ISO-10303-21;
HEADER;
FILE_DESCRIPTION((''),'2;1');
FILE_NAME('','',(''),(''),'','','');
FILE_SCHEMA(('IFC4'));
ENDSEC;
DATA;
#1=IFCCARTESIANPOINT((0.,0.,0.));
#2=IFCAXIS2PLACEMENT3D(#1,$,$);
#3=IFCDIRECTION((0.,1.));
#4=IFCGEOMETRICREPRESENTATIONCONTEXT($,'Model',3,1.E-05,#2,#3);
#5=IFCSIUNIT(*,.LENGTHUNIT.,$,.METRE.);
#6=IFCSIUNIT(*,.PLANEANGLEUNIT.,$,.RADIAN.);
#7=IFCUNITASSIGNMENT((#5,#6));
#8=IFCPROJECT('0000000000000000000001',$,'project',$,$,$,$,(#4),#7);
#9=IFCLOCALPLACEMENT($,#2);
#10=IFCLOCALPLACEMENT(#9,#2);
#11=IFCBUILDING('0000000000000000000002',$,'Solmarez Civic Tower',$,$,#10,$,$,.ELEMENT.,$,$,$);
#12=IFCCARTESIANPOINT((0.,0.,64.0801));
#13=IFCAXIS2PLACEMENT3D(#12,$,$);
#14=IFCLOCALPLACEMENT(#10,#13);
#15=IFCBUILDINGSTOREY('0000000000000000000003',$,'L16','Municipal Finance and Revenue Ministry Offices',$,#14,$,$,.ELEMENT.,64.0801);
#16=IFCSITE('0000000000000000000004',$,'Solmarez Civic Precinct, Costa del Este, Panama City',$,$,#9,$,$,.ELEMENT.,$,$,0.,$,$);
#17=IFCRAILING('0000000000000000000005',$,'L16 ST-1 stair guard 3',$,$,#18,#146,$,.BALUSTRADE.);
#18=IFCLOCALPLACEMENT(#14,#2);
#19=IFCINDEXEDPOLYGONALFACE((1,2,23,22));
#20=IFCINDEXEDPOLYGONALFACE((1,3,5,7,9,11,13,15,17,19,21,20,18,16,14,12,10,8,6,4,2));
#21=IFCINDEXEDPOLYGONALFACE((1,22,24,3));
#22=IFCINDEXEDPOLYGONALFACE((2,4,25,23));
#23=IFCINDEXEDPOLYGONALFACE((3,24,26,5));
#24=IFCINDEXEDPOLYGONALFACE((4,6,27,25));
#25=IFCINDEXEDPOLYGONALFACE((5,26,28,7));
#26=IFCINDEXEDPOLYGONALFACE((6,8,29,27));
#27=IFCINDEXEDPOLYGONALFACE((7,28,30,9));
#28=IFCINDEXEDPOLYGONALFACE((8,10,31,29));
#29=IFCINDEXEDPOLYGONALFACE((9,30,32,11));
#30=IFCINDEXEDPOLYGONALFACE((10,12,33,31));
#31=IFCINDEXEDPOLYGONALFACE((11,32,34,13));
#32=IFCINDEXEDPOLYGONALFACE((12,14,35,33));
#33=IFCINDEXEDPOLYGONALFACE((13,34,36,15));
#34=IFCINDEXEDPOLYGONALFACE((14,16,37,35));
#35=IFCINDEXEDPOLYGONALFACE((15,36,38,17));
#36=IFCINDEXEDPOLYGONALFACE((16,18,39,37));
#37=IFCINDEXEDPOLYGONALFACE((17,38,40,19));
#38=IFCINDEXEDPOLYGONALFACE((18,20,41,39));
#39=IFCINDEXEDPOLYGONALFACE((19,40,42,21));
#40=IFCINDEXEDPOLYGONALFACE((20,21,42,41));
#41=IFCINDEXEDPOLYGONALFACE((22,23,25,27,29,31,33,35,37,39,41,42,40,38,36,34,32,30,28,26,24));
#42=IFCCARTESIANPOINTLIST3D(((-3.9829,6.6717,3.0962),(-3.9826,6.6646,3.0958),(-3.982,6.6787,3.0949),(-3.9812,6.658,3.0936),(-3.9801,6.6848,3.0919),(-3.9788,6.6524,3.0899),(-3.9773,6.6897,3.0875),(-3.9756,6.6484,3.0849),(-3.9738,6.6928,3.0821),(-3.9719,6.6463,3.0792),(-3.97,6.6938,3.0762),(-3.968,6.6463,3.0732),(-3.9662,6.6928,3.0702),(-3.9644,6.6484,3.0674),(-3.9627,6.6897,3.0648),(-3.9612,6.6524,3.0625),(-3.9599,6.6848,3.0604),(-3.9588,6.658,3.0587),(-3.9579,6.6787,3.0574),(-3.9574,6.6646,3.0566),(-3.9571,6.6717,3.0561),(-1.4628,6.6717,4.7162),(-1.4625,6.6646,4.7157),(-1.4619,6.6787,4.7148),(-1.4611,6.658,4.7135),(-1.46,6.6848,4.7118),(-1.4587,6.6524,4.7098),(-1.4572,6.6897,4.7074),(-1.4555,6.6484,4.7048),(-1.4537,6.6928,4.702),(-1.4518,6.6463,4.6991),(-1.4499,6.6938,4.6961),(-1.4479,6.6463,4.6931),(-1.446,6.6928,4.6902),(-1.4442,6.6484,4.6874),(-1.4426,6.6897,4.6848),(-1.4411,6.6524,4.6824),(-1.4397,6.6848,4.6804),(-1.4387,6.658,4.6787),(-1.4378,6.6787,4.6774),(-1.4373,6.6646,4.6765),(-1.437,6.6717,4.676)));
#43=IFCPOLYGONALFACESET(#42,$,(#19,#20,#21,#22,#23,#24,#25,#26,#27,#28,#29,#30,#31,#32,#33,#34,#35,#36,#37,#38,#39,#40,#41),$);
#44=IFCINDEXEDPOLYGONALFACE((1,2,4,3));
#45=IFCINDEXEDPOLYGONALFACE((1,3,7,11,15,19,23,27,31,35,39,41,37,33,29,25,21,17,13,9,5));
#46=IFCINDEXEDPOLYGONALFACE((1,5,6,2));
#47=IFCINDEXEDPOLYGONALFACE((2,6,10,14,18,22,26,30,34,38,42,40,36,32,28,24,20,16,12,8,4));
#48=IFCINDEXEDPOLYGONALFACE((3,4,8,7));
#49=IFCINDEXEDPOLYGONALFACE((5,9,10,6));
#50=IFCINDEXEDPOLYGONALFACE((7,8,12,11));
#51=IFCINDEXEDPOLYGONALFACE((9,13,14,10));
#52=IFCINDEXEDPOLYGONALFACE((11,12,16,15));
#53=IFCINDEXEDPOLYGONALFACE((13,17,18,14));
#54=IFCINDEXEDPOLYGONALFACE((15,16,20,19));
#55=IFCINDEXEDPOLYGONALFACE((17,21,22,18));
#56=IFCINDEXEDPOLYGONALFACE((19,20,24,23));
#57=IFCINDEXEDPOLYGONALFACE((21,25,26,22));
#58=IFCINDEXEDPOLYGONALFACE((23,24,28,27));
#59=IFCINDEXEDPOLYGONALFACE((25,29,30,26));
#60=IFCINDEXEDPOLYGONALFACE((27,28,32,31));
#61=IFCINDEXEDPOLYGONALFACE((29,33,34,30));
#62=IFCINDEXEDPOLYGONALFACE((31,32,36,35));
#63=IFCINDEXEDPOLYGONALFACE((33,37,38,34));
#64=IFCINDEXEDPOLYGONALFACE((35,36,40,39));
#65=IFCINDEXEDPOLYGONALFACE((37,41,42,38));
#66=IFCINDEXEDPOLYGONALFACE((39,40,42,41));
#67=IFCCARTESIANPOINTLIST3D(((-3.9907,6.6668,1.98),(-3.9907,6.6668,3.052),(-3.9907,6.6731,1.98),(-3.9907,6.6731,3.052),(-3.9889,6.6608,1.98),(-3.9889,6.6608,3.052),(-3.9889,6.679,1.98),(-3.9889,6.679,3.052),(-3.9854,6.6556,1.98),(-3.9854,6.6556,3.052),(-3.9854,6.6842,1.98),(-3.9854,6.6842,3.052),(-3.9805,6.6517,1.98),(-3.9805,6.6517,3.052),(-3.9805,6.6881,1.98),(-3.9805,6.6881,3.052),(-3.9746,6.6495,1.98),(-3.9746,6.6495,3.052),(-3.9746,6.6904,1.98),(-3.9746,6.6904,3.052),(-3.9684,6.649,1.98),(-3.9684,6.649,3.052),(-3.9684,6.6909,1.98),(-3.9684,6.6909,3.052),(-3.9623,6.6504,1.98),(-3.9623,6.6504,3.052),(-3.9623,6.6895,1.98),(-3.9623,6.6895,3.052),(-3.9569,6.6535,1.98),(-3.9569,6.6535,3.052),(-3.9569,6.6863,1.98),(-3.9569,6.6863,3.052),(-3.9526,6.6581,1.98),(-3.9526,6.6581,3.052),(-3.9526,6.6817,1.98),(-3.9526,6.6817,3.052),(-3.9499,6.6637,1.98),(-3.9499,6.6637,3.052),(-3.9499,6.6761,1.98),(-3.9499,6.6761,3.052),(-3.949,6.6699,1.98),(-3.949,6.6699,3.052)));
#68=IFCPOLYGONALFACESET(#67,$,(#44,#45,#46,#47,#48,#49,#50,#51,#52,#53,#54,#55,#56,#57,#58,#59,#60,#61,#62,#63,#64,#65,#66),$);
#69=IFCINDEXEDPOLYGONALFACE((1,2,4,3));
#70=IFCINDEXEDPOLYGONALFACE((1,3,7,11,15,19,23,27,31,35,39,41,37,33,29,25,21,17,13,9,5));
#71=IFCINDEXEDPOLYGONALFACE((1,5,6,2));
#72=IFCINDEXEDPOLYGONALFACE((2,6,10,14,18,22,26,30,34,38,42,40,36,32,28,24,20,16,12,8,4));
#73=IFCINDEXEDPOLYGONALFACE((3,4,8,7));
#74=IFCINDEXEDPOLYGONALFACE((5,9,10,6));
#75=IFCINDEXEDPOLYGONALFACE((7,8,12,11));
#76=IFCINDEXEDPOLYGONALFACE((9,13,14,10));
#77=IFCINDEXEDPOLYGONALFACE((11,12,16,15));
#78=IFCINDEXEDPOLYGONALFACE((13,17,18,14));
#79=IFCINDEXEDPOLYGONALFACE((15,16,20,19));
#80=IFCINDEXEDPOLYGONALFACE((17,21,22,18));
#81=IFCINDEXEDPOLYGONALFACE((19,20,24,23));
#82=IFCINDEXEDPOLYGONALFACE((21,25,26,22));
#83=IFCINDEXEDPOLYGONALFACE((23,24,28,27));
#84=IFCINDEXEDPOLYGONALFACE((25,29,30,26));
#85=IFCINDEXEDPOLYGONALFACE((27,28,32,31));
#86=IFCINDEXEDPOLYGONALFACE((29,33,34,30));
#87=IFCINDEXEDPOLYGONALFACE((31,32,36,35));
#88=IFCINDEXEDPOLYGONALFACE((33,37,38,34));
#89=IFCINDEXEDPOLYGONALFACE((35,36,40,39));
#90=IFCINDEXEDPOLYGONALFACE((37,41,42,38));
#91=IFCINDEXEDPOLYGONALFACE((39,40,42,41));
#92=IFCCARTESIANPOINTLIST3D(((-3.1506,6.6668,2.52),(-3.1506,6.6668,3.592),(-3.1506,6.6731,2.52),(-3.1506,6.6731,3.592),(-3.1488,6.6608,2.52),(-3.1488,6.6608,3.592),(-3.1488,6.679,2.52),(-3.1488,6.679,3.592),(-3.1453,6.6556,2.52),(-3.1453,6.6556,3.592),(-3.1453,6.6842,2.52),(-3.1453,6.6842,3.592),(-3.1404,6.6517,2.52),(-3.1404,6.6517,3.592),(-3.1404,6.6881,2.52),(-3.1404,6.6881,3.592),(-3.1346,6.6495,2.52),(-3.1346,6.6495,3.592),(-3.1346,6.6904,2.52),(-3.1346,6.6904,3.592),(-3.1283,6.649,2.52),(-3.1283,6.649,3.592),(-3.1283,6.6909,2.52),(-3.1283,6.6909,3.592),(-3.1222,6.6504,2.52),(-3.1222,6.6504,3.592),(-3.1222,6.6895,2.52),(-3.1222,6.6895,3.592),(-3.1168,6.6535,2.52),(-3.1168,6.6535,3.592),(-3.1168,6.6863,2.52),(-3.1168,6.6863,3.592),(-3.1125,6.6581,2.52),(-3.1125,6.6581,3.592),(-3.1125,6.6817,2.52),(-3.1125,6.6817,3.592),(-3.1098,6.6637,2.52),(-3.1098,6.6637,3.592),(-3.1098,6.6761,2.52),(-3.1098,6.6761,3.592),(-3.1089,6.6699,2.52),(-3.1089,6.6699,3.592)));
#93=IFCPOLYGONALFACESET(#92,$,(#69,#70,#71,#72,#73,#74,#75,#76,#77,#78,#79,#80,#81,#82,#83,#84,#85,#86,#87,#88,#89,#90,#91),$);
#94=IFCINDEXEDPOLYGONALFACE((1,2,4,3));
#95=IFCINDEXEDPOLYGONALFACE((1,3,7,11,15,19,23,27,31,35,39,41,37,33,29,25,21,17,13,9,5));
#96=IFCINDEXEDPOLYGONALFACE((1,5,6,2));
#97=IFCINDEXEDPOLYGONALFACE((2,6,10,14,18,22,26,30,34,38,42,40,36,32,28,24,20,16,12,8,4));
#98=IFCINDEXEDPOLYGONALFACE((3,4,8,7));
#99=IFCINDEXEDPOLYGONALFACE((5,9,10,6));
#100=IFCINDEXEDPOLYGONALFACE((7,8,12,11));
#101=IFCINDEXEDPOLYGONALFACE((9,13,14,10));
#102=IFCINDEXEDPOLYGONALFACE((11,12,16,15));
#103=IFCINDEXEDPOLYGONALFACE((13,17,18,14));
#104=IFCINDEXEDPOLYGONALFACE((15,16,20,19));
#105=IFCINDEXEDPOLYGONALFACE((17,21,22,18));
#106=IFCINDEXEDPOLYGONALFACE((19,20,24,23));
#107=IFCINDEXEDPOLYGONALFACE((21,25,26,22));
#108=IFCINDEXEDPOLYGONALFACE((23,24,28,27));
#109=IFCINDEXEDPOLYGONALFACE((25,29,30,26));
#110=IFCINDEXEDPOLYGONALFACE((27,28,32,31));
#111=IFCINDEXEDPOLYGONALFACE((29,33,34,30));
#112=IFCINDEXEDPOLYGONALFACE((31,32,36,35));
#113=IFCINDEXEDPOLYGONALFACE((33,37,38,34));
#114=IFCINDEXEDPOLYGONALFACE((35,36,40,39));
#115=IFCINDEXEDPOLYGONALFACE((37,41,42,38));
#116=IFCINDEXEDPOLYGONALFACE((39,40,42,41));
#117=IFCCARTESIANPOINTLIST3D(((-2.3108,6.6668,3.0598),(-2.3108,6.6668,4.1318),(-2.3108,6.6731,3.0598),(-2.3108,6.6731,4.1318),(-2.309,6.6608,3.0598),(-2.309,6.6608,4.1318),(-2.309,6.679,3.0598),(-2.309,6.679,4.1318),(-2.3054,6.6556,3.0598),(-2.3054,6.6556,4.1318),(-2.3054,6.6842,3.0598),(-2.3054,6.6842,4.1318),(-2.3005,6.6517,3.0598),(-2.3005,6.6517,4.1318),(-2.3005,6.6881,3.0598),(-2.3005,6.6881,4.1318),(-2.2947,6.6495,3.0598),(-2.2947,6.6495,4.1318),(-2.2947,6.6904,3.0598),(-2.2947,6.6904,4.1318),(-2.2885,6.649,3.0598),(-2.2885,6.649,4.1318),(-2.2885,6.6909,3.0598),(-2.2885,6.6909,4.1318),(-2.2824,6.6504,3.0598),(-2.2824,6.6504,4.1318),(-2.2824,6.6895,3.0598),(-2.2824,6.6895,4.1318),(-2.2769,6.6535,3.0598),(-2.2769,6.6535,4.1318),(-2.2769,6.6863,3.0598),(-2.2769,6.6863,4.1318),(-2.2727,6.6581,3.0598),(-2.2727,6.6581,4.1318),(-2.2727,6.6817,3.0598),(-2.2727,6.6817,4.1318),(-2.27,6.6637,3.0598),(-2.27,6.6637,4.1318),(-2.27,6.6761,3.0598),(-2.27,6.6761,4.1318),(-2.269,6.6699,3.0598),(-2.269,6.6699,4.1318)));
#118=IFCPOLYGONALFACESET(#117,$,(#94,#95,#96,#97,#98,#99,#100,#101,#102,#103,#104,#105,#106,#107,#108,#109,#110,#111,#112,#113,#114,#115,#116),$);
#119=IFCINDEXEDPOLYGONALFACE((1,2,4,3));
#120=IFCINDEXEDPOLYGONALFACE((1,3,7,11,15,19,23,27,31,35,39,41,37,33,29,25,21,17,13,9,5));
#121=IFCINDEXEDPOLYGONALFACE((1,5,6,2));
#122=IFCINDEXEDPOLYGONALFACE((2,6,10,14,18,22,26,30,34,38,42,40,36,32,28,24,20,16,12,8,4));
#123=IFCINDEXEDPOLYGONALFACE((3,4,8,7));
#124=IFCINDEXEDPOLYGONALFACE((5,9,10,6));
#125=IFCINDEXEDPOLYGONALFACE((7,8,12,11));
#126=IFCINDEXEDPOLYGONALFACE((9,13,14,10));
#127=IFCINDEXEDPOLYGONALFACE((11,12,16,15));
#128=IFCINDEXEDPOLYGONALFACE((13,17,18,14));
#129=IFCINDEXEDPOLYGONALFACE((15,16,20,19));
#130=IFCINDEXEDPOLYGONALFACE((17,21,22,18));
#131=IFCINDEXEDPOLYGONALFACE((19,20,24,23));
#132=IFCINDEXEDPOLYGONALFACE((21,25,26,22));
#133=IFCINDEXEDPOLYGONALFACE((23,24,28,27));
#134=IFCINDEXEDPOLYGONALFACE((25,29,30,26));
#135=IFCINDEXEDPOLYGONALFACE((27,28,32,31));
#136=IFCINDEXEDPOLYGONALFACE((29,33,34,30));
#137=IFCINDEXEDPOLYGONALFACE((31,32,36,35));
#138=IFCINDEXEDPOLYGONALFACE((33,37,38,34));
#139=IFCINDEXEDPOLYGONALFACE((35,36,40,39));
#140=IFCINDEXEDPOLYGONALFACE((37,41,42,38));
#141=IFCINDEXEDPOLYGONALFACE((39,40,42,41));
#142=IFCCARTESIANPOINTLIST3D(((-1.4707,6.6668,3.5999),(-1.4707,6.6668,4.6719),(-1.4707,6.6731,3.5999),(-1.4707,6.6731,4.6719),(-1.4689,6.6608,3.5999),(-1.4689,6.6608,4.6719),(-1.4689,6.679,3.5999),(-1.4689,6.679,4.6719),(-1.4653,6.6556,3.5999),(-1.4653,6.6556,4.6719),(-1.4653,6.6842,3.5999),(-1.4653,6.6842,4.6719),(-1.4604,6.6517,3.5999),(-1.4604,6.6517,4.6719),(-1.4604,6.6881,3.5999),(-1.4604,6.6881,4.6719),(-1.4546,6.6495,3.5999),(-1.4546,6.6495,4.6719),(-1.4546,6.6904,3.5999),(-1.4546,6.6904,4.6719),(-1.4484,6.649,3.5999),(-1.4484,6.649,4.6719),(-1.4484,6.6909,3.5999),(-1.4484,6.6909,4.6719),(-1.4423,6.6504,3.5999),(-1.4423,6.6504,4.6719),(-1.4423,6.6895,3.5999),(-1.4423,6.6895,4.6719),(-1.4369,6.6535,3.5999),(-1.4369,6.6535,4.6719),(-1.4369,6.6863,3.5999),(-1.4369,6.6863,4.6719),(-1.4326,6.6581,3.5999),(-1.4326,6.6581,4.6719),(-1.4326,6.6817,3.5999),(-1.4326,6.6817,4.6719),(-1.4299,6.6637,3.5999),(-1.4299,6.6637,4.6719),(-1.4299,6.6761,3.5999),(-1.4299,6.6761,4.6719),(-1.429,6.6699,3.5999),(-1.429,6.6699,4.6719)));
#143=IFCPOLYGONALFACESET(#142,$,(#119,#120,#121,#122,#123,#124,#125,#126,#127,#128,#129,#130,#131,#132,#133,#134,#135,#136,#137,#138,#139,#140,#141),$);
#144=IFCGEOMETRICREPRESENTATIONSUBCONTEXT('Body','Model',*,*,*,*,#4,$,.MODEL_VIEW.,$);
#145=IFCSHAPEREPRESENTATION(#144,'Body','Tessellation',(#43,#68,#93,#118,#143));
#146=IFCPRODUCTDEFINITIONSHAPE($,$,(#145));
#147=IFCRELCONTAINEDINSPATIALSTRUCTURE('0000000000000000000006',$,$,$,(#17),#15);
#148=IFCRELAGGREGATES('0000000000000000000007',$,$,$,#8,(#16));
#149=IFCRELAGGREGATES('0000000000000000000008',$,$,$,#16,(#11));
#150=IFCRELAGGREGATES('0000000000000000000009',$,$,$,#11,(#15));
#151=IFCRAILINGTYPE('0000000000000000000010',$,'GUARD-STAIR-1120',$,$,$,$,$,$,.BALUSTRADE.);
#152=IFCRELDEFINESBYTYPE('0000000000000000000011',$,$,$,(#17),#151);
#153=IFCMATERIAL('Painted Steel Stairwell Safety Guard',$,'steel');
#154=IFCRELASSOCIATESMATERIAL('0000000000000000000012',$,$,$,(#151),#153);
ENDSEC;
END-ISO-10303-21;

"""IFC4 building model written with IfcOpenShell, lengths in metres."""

from ifc_helpers import new_model, si_unit, direction, frame, origin, origin_2d, place, context, subcontext, project, spatial, circle, extrude, material, type_object, element, save


model = new_model("IFC4")

# Units and contexts
model_context = context("Model", 3, precision=1e-05, world=origin(), true_north=direction((0.0, 1.0)))
body_context = subcontext(model_context, "Body", "Model", "MODEL_VIEW")
ifc_project = project(units=[si_unit("LENGTHUNIT", "METRE"), si_unit("PLANEANGLEUNIT", "RADIAN")], contexts=[model_context])

# Site, building, storey
site_placement = place(None, origin())
site = spatial("IfcSite", under=ifc_project, at=site_placement, Name="Solmarez Civic Precinct, Costa del Este, Panama City", CompositionType="ELEMENT", RefElevation=0.0)
building_placement = place(site_placement, origin())
building = spatial("IfcBuilding", under=site, at=building_placement, Name="Solmarez Civic Tower", CompositionType="ELEMENT")
storey_placement = place(building_placement, frame((0.0, 0.0, 64.0801)))
storey = spatial("IfcBuildingStorey", under=building, at=storey_placement, Name="L16", Description="Municipal Finance and Revenue Ministry Offices", CompositionType="ELEMENT", Elevation=64.0801)

# Railing
ifc_material_1 = material(Name="Painted Steel Stairwell Safety Guard", Category="steel")
railing_type_1 = type_object("IfcRailingType", Name="GUARD-STAIR-1120", PredefinedType="BALUSTRADE", material=ifc_material_1)
railing_1_placement = place(storey_placement, frame((-3.97, 6.6699, 1.98)))
element("IfcRailing", 1, at=railing_1_placement, inside=storey, type_object=railing_type_1, Name="L16 ST-1 stair guard 3", PredefinedType="BALUSTRADE", context=body_context, shape_type="SweptSolid", body=[
    extrude(circle(Radius=0.0239, at=origin_2d()), frame((0.0, 0.0, 1.0962), z_axis=(0.8412, 0.0, 0.540725), x_axis=(0.0, 1.0, 0.0)), (0.0, 0.0, 1.0), 2.9958),
    extrude(circle(Radius=0.021, at=origin_2d()), origin(), (0.0, 0.0, 1.0), 1.072),
    extrude(circle(Radius=0.021, at=origin_2d()), frame((0.8401, 0.0, 0.54)), (0.0, 0.0, 1.0), 1.072),
    extrude(circle(Radius=0.021, at=origin_2d()), frame((1.6799, 0.0, 1.0798)), (0.0, 0.0, 1.0), 1.072),
    extrude(circle(Radius=0.021, at=origin_2d()), frame((2.52, 0.0, 1.6199)), (0.0, 0.0, 1.0), 1.072),
])

save(model, "model.ifc")
